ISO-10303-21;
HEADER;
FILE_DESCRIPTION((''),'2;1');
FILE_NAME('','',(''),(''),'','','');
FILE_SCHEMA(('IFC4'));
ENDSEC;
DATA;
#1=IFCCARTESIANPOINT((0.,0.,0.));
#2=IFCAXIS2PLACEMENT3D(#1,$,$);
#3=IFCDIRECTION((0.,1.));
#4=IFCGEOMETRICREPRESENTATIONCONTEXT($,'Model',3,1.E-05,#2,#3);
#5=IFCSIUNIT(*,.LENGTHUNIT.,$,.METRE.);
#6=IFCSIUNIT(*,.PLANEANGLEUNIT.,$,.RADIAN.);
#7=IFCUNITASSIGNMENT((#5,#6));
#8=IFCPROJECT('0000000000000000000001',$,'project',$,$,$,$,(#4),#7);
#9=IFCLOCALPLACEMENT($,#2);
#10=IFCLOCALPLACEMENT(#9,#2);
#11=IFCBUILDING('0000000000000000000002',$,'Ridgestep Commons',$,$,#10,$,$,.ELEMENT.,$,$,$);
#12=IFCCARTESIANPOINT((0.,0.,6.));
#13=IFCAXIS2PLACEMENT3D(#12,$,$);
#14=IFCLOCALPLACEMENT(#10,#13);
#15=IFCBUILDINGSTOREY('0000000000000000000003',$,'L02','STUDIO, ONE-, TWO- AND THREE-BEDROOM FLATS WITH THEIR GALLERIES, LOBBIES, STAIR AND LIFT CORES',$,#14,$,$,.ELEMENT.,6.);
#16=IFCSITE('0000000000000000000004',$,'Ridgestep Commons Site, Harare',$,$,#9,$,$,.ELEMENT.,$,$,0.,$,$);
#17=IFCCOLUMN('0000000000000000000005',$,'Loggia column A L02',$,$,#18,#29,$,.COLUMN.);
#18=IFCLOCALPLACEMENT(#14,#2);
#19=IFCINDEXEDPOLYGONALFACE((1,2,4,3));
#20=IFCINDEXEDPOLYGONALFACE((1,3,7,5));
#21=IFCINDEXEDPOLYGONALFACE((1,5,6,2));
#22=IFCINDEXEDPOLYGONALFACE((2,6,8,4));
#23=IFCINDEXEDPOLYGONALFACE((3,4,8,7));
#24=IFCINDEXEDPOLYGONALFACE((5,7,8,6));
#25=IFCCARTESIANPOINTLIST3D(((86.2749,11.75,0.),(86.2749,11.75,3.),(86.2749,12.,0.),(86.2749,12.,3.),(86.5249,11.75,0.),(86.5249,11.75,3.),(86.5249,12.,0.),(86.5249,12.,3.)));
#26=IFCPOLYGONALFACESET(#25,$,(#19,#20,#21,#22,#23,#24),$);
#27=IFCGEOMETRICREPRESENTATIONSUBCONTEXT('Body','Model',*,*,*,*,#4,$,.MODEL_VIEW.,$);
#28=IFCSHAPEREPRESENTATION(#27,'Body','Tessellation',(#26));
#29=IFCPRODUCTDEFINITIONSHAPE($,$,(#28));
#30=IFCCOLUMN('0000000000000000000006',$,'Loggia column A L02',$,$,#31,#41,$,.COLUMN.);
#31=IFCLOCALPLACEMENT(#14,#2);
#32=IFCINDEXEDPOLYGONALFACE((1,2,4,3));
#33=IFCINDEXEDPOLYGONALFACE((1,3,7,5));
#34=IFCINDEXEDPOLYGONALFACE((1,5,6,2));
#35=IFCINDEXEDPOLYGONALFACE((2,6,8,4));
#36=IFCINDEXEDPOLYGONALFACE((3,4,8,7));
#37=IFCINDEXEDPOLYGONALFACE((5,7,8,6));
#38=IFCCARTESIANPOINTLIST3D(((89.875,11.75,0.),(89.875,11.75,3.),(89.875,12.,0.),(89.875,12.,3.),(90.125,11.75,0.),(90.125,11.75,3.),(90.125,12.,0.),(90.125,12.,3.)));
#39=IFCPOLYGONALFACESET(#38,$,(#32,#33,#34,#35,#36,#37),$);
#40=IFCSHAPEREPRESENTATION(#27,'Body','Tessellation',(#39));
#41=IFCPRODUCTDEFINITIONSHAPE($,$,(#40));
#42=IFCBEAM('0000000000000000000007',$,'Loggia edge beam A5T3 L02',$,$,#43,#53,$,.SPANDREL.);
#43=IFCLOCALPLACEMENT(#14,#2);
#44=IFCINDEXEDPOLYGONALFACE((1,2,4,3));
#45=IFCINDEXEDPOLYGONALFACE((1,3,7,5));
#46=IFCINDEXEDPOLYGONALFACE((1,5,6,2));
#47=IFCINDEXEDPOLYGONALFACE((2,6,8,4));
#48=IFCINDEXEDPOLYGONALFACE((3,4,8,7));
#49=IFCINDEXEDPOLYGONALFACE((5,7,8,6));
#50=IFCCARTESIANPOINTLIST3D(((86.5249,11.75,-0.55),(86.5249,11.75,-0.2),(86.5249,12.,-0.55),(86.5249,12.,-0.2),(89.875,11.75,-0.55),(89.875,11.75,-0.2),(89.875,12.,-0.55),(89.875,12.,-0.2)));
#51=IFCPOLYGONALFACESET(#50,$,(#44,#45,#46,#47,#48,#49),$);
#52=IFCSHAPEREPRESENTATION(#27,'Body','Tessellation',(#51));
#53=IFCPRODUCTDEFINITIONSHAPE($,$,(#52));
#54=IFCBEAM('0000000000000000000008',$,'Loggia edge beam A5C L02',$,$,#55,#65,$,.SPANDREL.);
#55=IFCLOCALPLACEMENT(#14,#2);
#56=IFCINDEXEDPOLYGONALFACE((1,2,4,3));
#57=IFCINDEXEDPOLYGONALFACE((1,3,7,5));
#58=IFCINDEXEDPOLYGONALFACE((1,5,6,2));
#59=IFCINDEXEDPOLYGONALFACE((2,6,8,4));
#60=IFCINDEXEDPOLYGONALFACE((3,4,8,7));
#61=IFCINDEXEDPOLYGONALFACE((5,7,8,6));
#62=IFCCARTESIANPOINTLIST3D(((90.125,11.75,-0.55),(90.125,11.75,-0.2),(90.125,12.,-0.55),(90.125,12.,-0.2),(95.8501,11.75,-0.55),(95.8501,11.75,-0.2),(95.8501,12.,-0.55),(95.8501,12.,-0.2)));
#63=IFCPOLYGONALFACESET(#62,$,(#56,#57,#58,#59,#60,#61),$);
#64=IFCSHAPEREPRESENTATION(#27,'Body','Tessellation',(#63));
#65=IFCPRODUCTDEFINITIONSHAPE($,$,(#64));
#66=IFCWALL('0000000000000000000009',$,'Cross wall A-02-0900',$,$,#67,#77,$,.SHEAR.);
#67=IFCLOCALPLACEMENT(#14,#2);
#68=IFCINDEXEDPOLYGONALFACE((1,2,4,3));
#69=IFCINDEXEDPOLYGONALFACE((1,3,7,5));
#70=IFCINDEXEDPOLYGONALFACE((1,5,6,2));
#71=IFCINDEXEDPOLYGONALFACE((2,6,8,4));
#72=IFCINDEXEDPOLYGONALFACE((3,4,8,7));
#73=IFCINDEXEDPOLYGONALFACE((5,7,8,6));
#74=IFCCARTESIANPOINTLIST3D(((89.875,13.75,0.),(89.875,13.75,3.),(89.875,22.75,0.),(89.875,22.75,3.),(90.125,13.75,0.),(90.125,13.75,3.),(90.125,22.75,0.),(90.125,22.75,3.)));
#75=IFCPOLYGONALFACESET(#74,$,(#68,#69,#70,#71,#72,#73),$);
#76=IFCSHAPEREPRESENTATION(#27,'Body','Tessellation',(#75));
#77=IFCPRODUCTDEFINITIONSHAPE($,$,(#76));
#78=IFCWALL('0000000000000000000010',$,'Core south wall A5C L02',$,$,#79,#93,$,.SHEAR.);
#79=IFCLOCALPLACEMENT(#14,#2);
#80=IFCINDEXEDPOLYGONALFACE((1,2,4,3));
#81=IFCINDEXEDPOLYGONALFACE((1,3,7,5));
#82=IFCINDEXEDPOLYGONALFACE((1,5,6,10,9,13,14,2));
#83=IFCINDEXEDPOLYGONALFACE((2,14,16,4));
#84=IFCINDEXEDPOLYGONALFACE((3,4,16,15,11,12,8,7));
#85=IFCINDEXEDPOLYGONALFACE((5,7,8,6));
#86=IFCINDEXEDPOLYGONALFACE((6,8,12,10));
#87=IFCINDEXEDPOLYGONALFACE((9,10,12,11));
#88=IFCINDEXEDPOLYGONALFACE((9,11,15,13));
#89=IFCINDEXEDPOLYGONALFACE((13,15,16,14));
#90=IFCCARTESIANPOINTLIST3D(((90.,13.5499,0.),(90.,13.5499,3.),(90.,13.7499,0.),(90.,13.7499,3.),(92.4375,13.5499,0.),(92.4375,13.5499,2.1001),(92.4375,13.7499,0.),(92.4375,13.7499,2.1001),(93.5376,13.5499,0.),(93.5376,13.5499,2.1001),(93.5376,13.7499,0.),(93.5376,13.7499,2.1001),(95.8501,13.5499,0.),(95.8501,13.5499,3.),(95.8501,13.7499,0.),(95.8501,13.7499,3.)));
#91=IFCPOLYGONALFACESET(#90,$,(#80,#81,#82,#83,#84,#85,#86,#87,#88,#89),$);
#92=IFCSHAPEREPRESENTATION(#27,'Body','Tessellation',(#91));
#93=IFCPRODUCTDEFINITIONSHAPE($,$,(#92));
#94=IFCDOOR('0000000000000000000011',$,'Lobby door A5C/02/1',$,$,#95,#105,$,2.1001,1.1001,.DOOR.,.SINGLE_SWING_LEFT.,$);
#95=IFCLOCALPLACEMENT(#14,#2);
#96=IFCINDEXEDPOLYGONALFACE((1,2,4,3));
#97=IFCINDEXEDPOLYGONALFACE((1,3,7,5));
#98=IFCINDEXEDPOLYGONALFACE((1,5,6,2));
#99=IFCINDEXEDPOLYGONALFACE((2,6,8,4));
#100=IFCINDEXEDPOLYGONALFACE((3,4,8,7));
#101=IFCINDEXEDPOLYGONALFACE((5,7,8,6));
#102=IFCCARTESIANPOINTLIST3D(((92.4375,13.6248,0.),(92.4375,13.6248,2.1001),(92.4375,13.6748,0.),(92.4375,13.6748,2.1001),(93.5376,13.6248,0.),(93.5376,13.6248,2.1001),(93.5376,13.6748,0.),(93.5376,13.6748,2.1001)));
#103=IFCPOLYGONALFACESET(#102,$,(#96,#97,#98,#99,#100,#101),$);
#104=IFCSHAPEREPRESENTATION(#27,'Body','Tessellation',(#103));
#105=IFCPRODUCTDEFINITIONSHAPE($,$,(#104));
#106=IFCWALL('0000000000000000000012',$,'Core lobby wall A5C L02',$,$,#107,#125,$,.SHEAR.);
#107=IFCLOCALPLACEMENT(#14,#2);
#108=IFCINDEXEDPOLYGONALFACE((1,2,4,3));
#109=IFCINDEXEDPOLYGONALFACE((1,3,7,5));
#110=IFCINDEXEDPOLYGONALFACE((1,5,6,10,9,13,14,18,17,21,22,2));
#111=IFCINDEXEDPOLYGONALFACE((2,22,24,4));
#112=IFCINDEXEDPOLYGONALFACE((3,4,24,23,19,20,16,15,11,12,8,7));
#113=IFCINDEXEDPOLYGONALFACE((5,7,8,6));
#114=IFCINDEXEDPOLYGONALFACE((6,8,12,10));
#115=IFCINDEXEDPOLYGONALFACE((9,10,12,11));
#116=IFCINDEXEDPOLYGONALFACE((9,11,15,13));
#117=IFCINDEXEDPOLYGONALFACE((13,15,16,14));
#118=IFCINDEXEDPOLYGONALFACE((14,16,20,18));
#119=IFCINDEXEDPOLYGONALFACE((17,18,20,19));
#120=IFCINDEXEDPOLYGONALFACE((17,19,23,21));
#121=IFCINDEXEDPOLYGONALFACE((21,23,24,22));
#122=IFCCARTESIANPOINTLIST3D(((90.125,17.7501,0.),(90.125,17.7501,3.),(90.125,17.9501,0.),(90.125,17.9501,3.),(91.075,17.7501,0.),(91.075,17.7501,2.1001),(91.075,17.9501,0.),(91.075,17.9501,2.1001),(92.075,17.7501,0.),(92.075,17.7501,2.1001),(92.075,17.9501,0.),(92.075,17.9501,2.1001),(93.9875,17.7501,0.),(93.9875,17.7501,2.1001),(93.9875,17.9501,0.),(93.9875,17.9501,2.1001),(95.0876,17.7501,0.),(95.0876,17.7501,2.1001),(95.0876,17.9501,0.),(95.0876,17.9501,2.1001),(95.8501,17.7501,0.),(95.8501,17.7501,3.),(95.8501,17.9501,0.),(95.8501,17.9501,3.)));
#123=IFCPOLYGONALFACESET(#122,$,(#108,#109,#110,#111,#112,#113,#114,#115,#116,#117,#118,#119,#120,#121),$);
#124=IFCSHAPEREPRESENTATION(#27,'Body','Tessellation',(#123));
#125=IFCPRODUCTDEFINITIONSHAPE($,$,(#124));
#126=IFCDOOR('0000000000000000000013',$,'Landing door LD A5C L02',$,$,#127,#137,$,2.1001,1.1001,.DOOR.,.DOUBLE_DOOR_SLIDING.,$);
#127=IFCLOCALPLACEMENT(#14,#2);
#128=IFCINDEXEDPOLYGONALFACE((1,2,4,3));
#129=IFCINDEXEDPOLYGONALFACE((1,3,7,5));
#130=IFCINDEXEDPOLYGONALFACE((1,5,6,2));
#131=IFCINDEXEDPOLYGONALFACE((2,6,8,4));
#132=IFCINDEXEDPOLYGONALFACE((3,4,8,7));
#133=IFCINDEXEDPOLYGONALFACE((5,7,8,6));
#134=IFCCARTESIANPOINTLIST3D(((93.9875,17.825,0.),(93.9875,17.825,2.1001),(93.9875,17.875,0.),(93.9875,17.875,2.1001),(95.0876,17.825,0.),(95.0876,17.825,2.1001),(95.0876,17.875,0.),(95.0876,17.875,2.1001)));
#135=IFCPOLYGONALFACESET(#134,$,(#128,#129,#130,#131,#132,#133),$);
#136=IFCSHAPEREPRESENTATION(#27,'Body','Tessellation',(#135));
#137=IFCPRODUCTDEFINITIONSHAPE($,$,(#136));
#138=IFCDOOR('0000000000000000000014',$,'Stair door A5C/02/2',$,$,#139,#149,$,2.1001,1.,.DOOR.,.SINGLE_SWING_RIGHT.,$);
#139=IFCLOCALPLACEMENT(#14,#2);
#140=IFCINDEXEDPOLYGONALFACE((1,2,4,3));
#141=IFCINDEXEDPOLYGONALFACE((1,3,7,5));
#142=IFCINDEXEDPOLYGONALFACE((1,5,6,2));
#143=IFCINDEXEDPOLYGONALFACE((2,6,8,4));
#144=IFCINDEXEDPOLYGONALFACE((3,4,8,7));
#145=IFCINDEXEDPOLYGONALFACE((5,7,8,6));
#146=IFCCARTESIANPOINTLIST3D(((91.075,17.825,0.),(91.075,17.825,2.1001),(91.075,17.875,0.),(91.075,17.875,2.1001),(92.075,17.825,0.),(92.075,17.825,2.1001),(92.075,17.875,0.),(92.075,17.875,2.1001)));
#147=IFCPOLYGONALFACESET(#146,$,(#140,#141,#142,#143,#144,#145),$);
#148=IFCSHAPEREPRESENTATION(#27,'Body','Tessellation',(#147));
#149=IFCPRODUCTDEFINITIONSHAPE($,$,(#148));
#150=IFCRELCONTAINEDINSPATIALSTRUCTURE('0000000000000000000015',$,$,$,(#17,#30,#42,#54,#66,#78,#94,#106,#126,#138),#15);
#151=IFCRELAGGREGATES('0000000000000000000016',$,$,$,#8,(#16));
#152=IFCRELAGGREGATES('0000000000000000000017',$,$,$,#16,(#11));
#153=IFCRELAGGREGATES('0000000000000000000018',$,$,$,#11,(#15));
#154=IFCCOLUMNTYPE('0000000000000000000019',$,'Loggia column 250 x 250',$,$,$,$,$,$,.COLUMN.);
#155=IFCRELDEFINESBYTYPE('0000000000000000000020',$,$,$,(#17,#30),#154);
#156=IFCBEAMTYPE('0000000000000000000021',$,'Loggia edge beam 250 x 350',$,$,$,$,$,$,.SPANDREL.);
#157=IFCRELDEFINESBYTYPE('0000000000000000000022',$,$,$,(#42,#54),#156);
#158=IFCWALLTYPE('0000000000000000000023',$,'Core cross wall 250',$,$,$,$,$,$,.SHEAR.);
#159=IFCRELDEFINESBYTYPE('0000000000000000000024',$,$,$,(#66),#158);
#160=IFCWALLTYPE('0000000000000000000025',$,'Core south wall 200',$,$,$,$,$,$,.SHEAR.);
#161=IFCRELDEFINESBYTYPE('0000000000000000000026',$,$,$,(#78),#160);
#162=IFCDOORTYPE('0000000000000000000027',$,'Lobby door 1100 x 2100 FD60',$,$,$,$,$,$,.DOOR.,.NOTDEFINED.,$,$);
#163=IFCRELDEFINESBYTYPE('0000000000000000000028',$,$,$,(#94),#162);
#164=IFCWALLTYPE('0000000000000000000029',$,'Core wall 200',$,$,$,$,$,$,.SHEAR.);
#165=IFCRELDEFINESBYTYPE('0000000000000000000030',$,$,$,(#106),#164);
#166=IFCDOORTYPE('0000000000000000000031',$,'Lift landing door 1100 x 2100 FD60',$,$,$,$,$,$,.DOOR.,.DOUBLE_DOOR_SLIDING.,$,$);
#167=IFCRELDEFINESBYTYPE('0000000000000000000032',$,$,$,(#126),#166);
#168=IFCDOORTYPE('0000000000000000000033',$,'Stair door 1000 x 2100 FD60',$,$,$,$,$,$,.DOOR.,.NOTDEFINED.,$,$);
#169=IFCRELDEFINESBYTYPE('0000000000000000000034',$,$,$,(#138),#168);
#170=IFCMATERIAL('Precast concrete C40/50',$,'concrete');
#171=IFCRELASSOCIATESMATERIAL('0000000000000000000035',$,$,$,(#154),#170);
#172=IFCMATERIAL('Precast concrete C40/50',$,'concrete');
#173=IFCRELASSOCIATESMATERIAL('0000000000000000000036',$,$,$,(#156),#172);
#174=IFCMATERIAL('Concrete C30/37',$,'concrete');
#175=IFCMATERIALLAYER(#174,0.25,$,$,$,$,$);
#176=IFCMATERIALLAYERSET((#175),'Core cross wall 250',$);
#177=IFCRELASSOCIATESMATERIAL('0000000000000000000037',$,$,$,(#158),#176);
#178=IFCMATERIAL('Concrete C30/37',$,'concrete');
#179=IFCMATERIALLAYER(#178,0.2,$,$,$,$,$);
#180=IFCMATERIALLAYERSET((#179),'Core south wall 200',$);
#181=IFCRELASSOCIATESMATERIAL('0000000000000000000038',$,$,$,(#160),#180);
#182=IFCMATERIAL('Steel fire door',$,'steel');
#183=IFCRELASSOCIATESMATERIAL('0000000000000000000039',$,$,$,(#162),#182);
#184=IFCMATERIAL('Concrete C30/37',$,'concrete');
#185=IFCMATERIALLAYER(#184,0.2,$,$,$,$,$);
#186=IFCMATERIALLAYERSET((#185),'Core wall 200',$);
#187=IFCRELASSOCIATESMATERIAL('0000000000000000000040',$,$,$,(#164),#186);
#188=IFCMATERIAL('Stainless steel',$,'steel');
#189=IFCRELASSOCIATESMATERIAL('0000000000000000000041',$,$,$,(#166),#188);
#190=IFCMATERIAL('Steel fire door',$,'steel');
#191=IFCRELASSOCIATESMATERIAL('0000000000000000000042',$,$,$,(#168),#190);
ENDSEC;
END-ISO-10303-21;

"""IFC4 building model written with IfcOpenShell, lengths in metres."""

from ifc_helpers import new_model, si_unit, direction, frame, frame_2d, origin, origin_2d, place, context, subcontext, project, spatial, rectangle, extrude, material, layer, layer_set, material_profile, profile_set, type_object, element, fill, save


model = new_model("IFC4")

# Units and contexts
model_context = context("Model", 3, precision=1e-05, world=origin(), true_north=direction((0.0, 1.0)))
body_context = subcontext(model_context, "Body", "Model", "MODEL_VIEW")
ifc_project = project(units=[si_unit("LENGTHUNIT", "METRE"), si_unit("PLANEANGLEUNIT", "RADIAN")], contexts=[model_context])

# Site, building, storey
site_placement = place(None, origin())
site = spatial("IfcSite", under=ifc_project, at=site_placement, Name="Ridgestep Commons Site, Harare", CompositionType="ELEMENT", RefElevation=0.0)
building_placement = place(site_placement, origin())
building = spatial("IfcBuilding", under=site, at=building_placement, Name="Ridgestep Commons", CompositionType="ELEMENT")
storey_placement = place(building_placement, frame((0.0, 0.0, 6.0)))
storey = spatial("IfcBuildingStorey", under=building, at=storey_placement, Name="L02", Description="STUDIO, ONE-, TWO- AND THREE-BEDROOM FLATS WITH THEIR GALLERIES, LOBBIES, STAIR AND LIFT CORES", CompositionType="ELEMENT", Elevation=6.0)

# Columns
ifc_material_1 = material(Name="Precast concrete C40/50", Category="concrete")
ifc_material_profile_1 = material_profile(ifc_material_1, rectangle(XDim=0.25, YDim=0.25, at=origin_2d()), Name="PC 250x250")
ifc_profile_set_1 = profile_set([ifc_material_profile_1], Name="Precast concrete C40/50")
column_type = type_object("IfcColumnType", Name="Loggia column 250 x 250", PredefinedType="COLUMN", material=ifc_profile_set_1)
for number, where, z_axis, x_axis, name in (
    (1, (86.3999, 11.875, 0.0), (0.0, 0.0, 1.0), (1.0, 0.0, 0.0), "Loggia column A L02"),
    (2, (90.0, 11.875, 0.0), (0.0, 0.0, 1.0), (1.0, 0.0, 0.0), "Loggia column A L02"),
):
    element("IfcColumn", number, at=place(storey_placement, frame(where, z_axis=z_axis, x_axis=x_axis)), inside=storey, type_object=column_type, Name=name, PredefinedType="COLUMN", context=body_context, shape_type="SweptSolid", body=[
        extrude(rectangle(XDim=0.25, YDim=0.25, at=origin_2d()), origin(), (0.0, 0.0, 1.0), 3.0),
    ])

# Beams
ifc_material_2 = material(Name="Precast concrete C40/50", Category="concrete")
ifc_material_profile_2 = material_profile(ifc_material_2, rectangle(XDim=0.25, YDim=0.3501, at=origin_2d()), Name="PC 250x350")
ifc_profile_set_2 = profile_set([ifc_material_profile_2], Name="Precast concrete C40/50")
beam_type = type_object("IfcBeamType", Name="Loggia edge beam 250 x 350", PredefinedType="SPANDREL", material=ifc_profile_set_2)
beam_1_placement = place(storey_placement, frame((86.5249, 11.875, -0.375), z_axis=(1.0, 0.0, 0.0), x_axis=(0.0, 1.0, 0.0)))
element("IfcBeam", 3, at=beam_1_placement, inside=storey, type_object=beam_type, Name="Loggia edge beam A5T3 L02", PredefinedType="SPANDREL", context=body_context, shape_type="SweptSolid", body=[
    extrude(rectangle(XDim=0.25, YDim=0.3501, at=origin_2d()), origin(), (0.0, 0.0, 1.0), 3.3501),
])
beam_2_placement = place(storey_placement, frame((90.125, 11.875, -0.375), z_axis=(1.0, 0.0, 0.0), x_axis=(0.0, 1.0, 0.0)))
element("IfcBeam", 4, at=beam_2_placement, inside=storey, type_object=beam_type, Name="Loggia edge beam A5C L02", PredefinedType="SPANDREL", context=body_context, shape_type="SweptSolid", body=[
    extrude(rectangle(XDim=0.25, YDim=0.3501, at=origin_2d()), origin(), (0.0, 0.0, 1.0), 5.7251),
])

# Wall
ifc_material_3 = material(Name="Concrete C30/37", Category="concrete")
ifc_layer_1 = layer(ifc_material_3, 0.25)
ifc_layer_set_1 = layer_set([ifc_layer_1], Name="Core cross wall 250")
wall_type_1 = type_object("IfcWallType", Name="Core cross wall 250", PredefinedType="SHEAR", material=ifc_layer_set_1)
wall_1_placement = place(storey_placement, frame((90.0, 13.75, 0.0), z_axis=(0.0, 0.0, 1.0), x_axis=(0.0, 1.0, 0.0)))
element("IfcWall", 5, at=wall_1_placement, inside=storey, type_object=wall_type_1, Name="Cross wall A-02-0900", PredefinedType="SHEAR", context=body_context, shape_type="SweptSolid", body=[
    extrude(rectangle(XDim=9.0, YDim=0.25, at=frame_2d((4.5, 0.0))), origin(), (0.0, 0.0, 1.0), 3.0),
])

# Wall, opening, door
ifc_material_4 = material(Name="Concrete C30/37", Category="concrete")
ifc_layer_2 = layer(ifc_material_4, 0.2)
ifc_layer_set_2 = layer_set([ifc_layer_2], Name="Core south wall 200")
wall_type_2 = type_object("IfcWallType", Name="Core south wall 200", PredefinedType="SHEAR", material=ifc_layer_set_2)
wall_2_placement = place(storey_placement, frame((90.0, 13.6499, 0.0), z_axis=(0.0, 0.0, 1.0), x_axis=(1.0, 0.0, 0.0)))
wall_2 = element("IfcWall", 6, at=wall_2_placement, inside=storey, type_object=wall_type_2, Name="Core south wall A5C L02", PredefinedType="SHEAR", context=body_context, shape_type="SweptSolid", body=[
    extrude(rectangle(XDim=5.8501, YDim=0.2, at=frame_2d((2.925, 0.0))), origin(), (0.0, 0.0, 1.0), 3.0),
])
opening_1_placement = place(wall_2_placement, frame((2.4375, 0.0, 0.0)))
opening_1 = element("IfcOpeningElement", 7, at=opening_1_placement, cuts=wall_2, PredefinedType="OPENING", context=body_context, shape_type="SweptSolid", body=[
    extrude(rectangle(XDim=1.1001, YDim=2.1001, at=frame_2d((0.55, 1.05))), frame((0.0, 0.1099, 0.0), z_axis=(0.0, -1.0, 0.0), x_axis=(1.0, 0.0, 0.0)), (0.0, 0.0, 1.0), 0.22),
])
ifc_material_5 = material(Name="Steel fire door", Category="steel")
door_type_1 = type_object("IfcDoorType", Name="Lobby door 1100 x 2100 FD60", OperationType="NOTDEFINED", PredefinedType="DOOR", material=ifc_material_5)
door_1_placement = place(opening_1_placement, origin())
door_1 = element("IfcDoor", 8, at=door_1_placement, inside=storey, type_object=door_type_1, Name="Lobby door A5C/02/1", OperationType="SINGLE_SWING_LEFT", OverallHeight=2.1001, OverallWidth=1.1001, PredefinedType="DOOR", context=body_context, shape_type="SweptSolid", body=[
    extrude(rectangle(XDim=1.1001, YDim=2.1001, at=frame_2d((0.55, 1.05))), frame((0.0, 0.0249, 0.0), z_axis=(0.0, -1.0, 0.0), x_axis=(1.0, 0.0, 0.0)), (0.0, 0.0, 1.0), 0.05),
])
fill(opening_1, door_1)

# Wall, openings, doors
ifc_material_6 = material(Name="Concrete C30/37", Category="concrete")
ifc_layer_3 = layer(ifc_material_6, 0.2)
ifc_layer_set_3 = layer_set([ifc_layer_3], Name="Core wall 200")
wall_type_3 = type_object("IfcWallType", Name="Core wall 200", PredefinedType="SHEAR", material=ifc_layer_set_3)
wall_3_placement = place(storey_placement, frame((90.125, 17.8501, 0.0), z_axis=(0.0, 0.0, 1.0), x_axis=(1.0, 0.0, 0.0)))
wall_3 = element("IfcWall", 9, at=wall_3_placement, inside=storey, type_object=wall_type_3, Name="Core lobby wall A5C L02", PredefinedType="SHEAR", context=body_context, shape_type="SweptSolid", body=[
    extrude(rectangle(XDim=5.7251, YDim=0.2, at=frame_2d((2.8625, 0.0))), origin(), (0.0, 0.0, 1.0), 3.0),
])
opening_2_placement = place(wall_3_placement, frame((0.95, 0.0, 0.0)))
opening_2 = element("IfcOpeningElement", 10, at=opening_2_placement, cuts=wall_3, PredefinedType="OPENING", context=body_context, shape_type="SweptSolid", body=[
    extrude(rectangle(XDim=1.0, YDim=2.1001, at=frame_2d((0.5, 1.05))), frame((0.0, 0.1099, 0.0), z_axis=(0.0, -1.0, 0.0), x_axis=(1.0, 0.0, 0.0)), (0.0, 0.0, 1.0), 0.22),
])
opening_3_placement = place(wall_3_placement, frame((3.8625, 0.0, 0.0)))
opening_3 = element("IfcOpeningElement", 11, at=opening_3_placement, cuts=wall_3, PredefinedType="OPENING", context=body_context, shape_type="SweptSolid", body=[
    extrude(rectangle(XDim=1.1001, YDim=2.1001, at=frame_2d((0.55, 1.05))), frame((0.0, 0.1099, 0.0), z_axis=(0.0, -1.0, 0.0), x_axis=(1.0, 0.0, 0.0)), (0.0, 0.0, 1.0), 0.22),
])
ifc_material_7 = material(Name="Stainless steel", Category="steel")
door_type_2 = type_object("IfcDoorType", Name="Lift landing door 1100 x 2100 FD60", OperationType="DOUBLE_DOOR_SLIDING", PredefinedType="DOOR", material=ifc_material_7)
door_2_placement = place(opening_3_placement, origin())
door_2 = element("IfcDoor", 12, at=door_2_placement, inside=storey, type_object=door_type_2, Name="Landing door LD A5C L02", OperationType="DOUBLE_DOOR_SLIDING", OverallHeight=2.1001, OverallWidth=1.1001, PredefinedType="DOOR", context=body_context, shape_type="SweptSolid", body=[
    extrude(rectangle(XDim=1.1001, YDim=2.1001, at=frame_2d((0.55, 1.05))), frame((0.0, 0.0249, 0.0), z_axis=(0.0, -1.0, 0.0), x_axis=(1.0, 0.0, 0.0)), (0.0, 0.0, 1.0), 0.05),
])
fill(opening_3, door_2)
ifc_material_8 = material(Name="Steel fire door", Category="steel")
door_type_3 = type_object("IfcDoorType", Name="Stair door 1000 x 2100 FD60", OperationType="NOTDEFINED", PredefinedType="DOOR", material=ifc_material_8)
door_3_placement = place(opening_2_placement, origin())
door_3 = element("IfcDoor", 13, at=door_3_placement, inside=storey, type_object=door_type_3, Name="Stair door A5C/02/2", OperationType="SINGLE_SWING_RIGHT", OverallHeight=2.1001, OverallWidth=1.0, PredefinedType="DOOR", context=body_context, shape_type="SweptSolid", body=[
    extrude(rectangle(XDim=1.0, YDim=2.1001, at=frame_2d((0.5, 1.05))), frame((0.0, 0.0249, 0.0), z_axis=(0.0, -1.0, 0.0), x_axis=(1.0, 0.0, 0.0)), (0.0, 0.0, 1.0), 0.05),
])
fill(opening_2, door_3)

save(model, "model.ifc")
